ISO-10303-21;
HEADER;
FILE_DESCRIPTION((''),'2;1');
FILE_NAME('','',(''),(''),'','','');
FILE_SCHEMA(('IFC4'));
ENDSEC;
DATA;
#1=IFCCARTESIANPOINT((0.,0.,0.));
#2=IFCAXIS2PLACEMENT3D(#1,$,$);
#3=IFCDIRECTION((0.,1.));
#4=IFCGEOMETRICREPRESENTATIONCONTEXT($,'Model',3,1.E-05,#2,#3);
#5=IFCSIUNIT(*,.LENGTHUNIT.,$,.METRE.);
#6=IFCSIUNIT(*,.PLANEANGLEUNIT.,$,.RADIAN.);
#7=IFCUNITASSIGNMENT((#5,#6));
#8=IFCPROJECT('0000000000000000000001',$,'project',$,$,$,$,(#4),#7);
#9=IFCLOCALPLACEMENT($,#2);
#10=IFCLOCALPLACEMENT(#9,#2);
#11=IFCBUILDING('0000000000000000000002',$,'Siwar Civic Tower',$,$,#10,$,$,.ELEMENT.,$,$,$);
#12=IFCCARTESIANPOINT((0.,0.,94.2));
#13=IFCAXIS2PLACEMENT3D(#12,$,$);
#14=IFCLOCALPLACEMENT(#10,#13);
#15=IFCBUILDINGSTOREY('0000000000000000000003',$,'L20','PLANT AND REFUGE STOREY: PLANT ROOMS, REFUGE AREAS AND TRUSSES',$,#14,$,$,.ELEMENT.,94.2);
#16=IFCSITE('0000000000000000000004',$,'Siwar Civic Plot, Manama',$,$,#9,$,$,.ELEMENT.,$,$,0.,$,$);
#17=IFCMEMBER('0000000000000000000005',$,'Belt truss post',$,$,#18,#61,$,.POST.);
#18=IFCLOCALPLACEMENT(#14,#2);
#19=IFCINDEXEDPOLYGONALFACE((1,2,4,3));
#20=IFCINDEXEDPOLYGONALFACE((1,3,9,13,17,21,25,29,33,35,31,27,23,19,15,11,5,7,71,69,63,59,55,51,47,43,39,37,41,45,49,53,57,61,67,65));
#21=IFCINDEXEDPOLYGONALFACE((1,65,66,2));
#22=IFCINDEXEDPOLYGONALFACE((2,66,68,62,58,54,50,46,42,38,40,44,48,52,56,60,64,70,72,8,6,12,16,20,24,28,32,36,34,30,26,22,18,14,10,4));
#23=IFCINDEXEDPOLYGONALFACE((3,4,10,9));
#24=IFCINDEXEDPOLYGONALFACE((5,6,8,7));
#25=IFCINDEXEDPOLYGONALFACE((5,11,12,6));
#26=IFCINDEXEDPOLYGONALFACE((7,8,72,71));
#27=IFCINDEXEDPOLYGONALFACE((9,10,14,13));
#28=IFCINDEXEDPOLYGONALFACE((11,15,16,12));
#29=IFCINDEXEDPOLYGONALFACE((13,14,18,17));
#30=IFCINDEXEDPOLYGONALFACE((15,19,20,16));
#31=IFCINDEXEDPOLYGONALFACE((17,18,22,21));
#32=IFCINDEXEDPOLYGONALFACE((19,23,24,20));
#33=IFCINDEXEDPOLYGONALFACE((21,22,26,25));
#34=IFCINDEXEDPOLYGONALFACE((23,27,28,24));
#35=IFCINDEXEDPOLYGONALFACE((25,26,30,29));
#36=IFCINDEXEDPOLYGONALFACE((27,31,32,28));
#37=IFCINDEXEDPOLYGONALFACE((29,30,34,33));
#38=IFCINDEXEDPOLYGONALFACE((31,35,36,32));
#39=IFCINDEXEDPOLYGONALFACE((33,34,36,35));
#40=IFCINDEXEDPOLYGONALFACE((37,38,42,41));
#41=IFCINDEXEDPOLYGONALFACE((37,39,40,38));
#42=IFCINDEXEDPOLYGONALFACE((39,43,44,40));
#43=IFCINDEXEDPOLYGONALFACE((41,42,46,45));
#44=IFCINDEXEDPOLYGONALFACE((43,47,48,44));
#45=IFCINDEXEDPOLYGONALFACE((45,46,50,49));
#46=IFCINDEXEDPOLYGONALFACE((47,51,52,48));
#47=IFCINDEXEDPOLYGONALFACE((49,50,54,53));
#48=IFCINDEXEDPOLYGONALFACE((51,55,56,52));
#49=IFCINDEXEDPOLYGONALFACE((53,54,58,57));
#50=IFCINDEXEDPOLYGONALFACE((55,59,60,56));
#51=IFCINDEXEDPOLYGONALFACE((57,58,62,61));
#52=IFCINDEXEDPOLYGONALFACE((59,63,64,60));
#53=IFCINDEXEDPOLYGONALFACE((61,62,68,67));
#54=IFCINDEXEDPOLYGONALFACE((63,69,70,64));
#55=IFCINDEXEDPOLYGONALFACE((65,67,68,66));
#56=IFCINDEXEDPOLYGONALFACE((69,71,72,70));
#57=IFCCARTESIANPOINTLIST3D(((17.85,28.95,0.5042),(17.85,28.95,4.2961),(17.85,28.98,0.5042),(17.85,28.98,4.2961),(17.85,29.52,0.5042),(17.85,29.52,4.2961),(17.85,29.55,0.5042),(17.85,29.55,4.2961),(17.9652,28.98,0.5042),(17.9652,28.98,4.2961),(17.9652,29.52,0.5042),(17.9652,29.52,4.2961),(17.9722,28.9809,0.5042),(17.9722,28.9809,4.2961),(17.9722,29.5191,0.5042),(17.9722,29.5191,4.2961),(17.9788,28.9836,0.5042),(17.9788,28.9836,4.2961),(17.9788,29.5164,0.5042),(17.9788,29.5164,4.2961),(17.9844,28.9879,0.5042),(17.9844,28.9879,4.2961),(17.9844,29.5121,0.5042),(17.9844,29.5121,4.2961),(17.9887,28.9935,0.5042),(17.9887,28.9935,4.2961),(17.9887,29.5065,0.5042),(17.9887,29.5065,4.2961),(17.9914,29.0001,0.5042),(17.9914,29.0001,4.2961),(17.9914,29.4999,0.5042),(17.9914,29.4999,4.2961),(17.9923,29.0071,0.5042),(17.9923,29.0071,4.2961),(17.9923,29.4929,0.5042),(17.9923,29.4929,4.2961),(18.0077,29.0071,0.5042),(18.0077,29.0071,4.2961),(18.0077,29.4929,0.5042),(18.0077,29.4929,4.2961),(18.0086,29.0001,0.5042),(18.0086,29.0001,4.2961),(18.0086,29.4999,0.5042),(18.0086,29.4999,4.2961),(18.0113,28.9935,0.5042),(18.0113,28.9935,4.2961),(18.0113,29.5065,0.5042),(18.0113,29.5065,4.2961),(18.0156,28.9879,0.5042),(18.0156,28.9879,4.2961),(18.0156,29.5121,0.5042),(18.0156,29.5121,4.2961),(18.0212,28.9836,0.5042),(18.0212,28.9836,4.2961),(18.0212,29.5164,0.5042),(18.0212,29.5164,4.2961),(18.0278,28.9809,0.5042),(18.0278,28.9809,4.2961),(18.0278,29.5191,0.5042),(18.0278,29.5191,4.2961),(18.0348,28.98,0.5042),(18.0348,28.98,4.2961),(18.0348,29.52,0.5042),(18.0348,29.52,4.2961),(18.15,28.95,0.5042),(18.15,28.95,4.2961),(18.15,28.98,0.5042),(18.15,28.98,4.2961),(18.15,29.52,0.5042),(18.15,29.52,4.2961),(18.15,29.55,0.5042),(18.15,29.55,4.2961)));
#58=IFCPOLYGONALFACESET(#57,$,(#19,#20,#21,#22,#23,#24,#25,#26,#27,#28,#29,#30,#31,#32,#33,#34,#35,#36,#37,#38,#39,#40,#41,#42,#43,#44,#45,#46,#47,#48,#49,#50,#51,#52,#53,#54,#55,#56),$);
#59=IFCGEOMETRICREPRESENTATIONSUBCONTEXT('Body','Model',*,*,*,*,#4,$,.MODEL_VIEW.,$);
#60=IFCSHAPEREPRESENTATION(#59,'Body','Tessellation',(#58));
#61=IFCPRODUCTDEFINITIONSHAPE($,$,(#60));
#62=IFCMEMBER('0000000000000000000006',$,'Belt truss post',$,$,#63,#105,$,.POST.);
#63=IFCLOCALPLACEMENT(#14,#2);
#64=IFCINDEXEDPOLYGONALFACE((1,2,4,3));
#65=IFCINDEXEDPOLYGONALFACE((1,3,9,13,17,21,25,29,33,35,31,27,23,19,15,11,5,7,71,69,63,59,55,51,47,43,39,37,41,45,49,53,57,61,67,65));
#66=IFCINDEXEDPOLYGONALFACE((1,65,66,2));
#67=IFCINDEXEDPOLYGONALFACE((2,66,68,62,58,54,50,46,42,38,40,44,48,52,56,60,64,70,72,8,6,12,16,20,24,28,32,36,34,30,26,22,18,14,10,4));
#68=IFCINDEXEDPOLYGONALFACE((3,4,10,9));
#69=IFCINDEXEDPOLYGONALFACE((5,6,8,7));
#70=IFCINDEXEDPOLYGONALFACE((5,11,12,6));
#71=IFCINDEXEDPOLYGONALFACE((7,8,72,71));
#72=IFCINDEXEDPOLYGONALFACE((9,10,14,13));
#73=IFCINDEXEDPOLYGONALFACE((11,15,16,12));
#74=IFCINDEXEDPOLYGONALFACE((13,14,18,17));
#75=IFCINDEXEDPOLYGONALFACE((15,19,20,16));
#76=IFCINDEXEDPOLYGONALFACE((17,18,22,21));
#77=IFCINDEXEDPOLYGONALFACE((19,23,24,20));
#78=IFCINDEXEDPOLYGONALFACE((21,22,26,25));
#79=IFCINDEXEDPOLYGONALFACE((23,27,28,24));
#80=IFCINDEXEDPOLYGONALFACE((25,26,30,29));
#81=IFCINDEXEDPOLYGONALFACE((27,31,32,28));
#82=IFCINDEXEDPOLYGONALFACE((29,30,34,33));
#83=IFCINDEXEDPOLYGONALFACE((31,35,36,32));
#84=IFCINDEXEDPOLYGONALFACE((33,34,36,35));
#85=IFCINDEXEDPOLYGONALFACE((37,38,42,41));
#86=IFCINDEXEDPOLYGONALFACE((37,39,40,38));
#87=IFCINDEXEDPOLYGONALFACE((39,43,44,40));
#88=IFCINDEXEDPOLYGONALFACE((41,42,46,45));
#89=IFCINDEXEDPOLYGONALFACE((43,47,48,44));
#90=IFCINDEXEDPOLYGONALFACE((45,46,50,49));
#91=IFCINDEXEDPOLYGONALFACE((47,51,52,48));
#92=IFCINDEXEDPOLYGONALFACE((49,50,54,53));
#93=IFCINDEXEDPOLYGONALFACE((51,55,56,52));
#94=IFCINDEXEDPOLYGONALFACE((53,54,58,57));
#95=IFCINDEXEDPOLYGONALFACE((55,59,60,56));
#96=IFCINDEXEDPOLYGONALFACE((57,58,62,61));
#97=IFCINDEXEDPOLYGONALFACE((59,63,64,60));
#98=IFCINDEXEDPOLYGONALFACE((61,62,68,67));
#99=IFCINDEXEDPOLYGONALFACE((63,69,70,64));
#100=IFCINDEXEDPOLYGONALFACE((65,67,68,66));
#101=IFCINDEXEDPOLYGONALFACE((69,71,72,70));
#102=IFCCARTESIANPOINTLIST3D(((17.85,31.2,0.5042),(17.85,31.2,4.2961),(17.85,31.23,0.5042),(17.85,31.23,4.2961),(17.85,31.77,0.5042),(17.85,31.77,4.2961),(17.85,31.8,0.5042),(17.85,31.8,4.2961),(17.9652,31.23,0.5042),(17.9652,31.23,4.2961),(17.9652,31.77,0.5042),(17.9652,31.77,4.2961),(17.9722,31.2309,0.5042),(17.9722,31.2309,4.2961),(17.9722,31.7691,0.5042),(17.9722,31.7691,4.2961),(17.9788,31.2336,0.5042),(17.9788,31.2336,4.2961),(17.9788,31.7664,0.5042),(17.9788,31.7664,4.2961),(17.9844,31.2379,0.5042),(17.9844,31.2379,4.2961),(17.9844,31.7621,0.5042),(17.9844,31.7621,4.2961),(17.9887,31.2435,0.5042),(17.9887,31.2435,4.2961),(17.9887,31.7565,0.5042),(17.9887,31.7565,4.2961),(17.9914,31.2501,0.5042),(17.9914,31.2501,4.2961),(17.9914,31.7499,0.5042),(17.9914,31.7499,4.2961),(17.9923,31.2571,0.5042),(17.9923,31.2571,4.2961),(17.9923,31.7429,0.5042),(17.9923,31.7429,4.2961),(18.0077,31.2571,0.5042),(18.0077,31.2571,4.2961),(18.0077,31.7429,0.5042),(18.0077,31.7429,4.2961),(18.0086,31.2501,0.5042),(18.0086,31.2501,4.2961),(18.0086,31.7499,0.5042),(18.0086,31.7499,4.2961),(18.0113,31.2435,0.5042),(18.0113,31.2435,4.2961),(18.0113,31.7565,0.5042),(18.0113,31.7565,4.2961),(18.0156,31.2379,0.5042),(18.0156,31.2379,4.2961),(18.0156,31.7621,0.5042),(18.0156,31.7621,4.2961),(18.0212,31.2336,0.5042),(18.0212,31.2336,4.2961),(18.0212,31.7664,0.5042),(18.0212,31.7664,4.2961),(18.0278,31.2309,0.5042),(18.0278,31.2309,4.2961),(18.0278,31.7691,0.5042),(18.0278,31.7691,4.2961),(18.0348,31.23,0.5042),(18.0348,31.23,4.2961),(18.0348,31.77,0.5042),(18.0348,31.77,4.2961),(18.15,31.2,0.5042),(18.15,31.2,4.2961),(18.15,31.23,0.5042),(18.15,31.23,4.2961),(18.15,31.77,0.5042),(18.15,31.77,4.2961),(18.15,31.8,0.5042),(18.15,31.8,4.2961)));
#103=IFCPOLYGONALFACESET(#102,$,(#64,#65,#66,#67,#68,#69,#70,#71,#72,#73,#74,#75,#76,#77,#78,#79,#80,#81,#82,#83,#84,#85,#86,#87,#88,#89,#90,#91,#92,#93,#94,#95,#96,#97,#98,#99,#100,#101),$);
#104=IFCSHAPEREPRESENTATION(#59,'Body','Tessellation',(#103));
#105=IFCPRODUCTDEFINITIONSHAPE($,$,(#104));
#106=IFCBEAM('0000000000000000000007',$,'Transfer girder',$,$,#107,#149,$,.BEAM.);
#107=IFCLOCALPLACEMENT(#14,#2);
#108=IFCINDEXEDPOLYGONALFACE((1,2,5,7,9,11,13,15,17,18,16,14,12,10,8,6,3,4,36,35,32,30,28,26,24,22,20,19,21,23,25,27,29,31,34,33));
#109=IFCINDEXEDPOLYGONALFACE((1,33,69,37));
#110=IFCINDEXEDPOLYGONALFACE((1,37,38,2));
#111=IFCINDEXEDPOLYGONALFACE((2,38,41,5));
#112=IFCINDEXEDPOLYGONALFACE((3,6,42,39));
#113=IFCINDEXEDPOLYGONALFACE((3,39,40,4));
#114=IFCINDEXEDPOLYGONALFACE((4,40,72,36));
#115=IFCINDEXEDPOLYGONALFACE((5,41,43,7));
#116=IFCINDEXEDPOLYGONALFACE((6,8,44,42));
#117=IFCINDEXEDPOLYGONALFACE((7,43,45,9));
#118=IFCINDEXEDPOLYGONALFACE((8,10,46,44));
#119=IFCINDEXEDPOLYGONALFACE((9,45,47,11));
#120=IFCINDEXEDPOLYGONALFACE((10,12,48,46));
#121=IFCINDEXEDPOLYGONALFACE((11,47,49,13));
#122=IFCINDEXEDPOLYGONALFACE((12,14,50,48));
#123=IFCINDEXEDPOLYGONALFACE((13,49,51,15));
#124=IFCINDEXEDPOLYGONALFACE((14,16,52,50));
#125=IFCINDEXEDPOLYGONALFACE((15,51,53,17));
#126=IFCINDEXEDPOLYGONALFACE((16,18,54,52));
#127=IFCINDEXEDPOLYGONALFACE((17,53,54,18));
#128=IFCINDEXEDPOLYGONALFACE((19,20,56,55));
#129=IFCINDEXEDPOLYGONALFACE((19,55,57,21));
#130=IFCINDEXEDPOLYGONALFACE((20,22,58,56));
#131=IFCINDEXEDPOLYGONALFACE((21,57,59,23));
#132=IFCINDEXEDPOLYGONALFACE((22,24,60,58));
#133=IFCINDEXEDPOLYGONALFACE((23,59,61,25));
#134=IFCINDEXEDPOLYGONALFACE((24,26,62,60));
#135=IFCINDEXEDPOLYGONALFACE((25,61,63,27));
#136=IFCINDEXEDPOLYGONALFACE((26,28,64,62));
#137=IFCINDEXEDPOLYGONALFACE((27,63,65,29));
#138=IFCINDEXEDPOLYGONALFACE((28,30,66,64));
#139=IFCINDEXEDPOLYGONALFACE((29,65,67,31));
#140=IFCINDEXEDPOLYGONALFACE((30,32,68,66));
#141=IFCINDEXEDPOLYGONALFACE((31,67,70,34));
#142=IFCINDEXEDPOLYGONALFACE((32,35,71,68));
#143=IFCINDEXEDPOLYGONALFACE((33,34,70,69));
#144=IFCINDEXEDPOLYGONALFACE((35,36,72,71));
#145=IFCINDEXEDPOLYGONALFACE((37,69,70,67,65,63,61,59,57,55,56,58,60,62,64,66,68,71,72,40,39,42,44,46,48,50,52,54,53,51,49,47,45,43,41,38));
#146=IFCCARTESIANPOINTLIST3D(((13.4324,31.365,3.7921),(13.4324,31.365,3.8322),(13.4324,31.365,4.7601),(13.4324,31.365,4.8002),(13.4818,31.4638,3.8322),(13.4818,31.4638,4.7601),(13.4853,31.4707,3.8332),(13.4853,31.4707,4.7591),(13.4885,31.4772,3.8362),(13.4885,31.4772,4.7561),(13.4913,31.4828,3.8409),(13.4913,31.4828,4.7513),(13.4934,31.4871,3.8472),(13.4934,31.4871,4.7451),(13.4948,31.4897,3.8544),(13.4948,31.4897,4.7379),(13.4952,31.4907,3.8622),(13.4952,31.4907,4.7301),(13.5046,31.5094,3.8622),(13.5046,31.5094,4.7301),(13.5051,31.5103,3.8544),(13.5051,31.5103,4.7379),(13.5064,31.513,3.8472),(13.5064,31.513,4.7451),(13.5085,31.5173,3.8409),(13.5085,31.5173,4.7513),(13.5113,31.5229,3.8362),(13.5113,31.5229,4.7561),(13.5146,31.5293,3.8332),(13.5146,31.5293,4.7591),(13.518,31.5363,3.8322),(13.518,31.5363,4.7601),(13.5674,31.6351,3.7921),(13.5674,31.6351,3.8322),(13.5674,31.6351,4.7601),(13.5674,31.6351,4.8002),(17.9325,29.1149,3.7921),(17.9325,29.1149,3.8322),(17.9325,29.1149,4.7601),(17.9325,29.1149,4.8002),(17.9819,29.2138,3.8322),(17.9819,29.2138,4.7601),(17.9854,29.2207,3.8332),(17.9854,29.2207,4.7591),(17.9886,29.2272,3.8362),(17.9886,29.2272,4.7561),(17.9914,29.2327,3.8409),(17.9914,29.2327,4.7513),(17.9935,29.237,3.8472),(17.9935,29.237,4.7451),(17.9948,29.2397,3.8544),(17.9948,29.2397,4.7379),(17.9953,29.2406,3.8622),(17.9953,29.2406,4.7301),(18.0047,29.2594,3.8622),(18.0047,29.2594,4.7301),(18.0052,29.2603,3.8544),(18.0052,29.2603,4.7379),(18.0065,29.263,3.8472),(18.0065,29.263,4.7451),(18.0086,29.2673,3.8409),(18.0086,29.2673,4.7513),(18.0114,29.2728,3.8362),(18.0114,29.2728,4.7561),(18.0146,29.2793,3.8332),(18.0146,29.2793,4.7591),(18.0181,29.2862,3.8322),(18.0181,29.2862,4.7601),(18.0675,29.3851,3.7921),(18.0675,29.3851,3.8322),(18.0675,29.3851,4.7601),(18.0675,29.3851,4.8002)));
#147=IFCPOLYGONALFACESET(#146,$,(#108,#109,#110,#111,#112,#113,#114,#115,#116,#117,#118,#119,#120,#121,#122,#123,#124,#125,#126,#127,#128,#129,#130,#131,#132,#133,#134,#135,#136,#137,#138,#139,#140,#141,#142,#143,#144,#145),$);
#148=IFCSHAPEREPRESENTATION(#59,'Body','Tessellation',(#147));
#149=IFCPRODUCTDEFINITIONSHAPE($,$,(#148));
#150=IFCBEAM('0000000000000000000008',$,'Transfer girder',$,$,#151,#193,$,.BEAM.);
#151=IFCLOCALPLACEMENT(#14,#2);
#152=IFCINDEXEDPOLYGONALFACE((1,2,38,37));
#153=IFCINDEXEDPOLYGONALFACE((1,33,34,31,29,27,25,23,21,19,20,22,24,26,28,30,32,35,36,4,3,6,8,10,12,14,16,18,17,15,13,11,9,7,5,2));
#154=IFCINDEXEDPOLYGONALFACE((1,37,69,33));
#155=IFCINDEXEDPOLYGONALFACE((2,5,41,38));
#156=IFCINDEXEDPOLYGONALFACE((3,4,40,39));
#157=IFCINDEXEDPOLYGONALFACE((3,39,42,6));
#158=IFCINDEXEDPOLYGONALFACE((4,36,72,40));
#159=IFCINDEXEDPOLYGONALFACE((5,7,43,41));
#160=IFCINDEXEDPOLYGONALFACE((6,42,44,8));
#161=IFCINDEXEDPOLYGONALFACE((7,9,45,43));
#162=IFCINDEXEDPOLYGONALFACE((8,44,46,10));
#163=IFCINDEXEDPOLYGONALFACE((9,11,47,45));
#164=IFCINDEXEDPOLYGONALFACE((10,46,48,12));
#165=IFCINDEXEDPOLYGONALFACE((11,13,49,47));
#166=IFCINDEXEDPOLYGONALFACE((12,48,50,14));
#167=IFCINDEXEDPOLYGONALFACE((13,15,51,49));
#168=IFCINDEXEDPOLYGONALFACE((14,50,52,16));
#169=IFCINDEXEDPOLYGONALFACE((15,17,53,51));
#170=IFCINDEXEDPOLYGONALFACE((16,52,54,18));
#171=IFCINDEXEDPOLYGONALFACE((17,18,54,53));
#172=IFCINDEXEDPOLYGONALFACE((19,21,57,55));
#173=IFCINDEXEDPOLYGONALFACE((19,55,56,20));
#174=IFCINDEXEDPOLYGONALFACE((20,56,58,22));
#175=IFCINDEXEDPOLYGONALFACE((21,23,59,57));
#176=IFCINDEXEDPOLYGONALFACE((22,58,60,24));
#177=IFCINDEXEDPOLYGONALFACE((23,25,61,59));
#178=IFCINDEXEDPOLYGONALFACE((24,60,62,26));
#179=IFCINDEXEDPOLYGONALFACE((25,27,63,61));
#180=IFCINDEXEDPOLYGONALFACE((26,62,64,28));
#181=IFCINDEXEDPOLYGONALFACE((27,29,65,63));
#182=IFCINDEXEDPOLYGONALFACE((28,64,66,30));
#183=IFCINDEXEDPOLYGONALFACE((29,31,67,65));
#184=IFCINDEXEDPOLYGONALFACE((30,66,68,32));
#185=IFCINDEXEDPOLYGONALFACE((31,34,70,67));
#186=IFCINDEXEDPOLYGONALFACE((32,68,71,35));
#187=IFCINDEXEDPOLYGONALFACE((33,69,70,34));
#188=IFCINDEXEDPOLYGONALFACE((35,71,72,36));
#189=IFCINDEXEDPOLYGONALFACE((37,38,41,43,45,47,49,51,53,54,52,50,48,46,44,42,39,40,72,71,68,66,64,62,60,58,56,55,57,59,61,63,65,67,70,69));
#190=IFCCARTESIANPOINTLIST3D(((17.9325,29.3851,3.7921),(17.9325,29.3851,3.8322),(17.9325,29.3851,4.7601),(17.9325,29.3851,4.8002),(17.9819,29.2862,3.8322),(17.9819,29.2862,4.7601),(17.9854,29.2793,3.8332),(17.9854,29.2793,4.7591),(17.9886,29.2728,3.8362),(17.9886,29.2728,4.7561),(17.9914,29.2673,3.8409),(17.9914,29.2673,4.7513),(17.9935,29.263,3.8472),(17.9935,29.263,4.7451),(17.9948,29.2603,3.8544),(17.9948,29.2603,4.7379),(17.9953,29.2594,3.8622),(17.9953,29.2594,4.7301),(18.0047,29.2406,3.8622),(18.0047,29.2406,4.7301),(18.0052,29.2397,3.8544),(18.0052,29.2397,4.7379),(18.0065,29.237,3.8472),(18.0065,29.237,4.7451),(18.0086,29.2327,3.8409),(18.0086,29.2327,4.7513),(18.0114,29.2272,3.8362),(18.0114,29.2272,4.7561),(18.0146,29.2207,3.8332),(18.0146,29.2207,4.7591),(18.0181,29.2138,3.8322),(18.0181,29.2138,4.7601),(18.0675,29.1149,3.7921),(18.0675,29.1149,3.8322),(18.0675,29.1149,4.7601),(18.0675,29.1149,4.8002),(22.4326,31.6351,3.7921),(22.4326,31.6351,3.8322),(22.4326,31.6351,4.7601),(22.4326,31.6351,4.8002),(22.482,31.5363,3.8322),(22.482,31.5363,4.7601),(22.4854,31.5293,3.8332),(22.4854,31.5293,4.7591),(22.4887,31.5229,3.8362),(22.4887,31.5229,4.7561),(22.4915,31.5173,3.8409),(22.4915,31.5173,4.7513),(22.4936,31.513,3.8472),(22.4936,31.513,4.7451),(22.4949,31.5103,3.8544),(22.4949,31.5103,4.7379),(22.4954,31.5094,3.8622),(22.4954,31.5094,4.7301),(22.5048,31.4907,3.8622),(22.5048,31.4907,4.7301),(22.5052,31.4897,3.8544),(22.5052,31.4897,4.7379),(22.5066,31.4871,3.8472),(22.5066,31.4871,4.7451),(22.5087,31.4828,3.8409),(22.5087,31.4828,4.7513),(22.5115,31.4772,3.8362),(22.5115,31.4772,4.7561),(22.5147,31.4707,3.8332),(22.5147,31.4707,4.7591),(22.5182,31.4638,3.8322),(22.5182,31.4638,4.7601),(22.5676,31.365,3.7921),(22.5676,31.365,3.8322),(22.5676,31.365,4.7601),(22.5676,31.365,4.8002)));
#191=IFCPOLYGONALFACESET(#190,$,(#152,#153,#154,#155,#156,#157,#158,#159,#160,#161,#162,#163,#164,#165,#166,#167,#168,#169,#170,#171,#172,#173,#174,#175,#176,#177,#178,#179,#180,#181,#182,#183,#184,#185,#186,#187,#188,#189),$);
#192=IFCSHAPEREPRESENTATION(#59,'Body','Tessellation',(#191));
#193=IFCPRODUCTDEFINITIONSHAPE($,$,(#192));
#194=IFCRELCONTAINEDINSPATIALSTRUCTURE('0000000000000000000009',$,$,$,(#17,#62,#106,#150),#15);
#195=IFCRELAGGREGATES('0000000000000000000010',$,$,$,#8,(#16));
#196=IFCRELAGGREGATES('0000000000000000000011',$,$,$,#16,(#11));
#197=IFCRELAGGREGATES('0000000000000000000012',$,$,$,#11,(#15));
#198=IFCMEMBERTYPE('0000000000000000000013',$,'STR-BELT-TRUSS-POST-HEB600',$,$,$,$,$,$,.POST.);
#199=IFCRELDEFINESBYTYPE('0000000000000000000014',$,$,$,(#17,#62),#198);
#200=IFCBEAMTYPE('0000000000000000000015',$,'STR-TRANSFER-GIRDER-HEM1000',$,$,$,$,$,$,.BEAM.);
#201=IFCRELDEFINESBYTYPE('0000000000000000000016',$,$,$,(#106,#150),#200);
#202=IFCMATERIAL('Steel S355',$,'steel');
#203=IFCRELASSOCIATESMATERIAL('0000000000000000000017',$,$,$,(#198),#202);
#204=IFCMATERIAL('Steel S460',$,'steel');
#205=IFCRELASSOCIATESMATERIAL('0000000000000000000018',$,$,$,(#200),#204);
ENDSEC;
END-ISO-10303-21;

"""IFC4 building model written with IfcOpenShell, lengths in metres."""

from ifc_helpers import new_model, si_unit, direction, frame, origin, origin_2d, place, context, subcontext, project, spatial, i_section, extrude, material, material_profile, profile_set, type_object, element, save


model = new_model("IFC4")

# Units and contexts
model_context = context("Model", 3, precision=1e-05, world=origin(), true_north=direction((0.0, 1.0)))
body_context = subcontext(model_context, "Body", "Model", "MODEL_VIEW")
ifc_project = project(units=[si_unit("LENGTHUNIT", "METRE"), si_unit("PLANEANGLEUNIT", "RADIAN")], contexts=[model_context])

# Site, building, storey
site_placement = place(None, origin())
site = spatial("IfcSite", under=ifc_project, at=site_placement, Name="Siwar Civic Plot, Manama", CompositionType="ELEMENT", RefElevation=0.0)
building_placement = place(site_placement, origin())
building = spatial("IfcBuilding", under=site, at=building_placement, Name="Siwar Civic Tower", CompositionType="ELEMENT")
storey_placement = place(building_placement, frame((0.0, 0.0, 94.2)))
storey = spatial("IfcBuildingStorey", under=building, at=storey_placement, Name="L20", Description="PLANT AND REFUGE STOREY: PLANT ROOMS, REFUGE AREAS AND TRUSSES", CompositionType="ELEMENT", Elevation=94.2)

# Members
ifc_material_1 = material(Name="Steel S355", Category="steel")
ifc_material_profile_1 = material_profile(ifc_material_1, i_section(OverallWidth=0.3, OverallDepth=0.6001, WebThickness=0.0154, FlangeThickness=0.03, FilletRadius=0.0271, at=origin_2d()), Name="HEB600")
ifc_profile_set_1 = profile_set([ifc_material_profile_1], Name="Steel S355")
member_type_1 = type_object("IfcMemberType", Name="STR-BELT-TRUSS-POST-HEB600", PredefinedType="POST", material=ifc_profile_set_1)
for number, where, z_axis, x_axis, name in (
    (1, (18.0, 29.25, 0.5042), (0.0, 0.0, 1.0), (1.0, 0.0, 0.0), "Belt truss post"),
    (2, (18.0, 31.5, 0.5042), (0.0, 0.0, 1.0), (1.0, 0.0, 0.0), "Belt truss post"),
):
    element("IfcMember", number, at=place(storey_placement, frame(where, z_axis=z_axis, x_axis=x_axis)), inside=storey, type_object=member_type_1, Name=name, PredefinedType="POST", context=body_context, shape_type="SweptSolid", body=[
        extrude(i_section(OverallWidth=0.3, OverallDepth=0.6001, WebThickness=0.0154, FlangeThickness=0.03, FilletRadius=0.0271, at=origin_2d()), origin(), (0.0, 0.0, 1.0), 3.792),
    ])

# Beams
ifc_material_2 = material(Name="Steel S460", Category="steel")
ifc_material_profile_2 = material_profile(ifc_material_2, i_section(OverallWidth=0.302, OverallDepth=1.0081, WebThickness=0.021, FlangeThickness=0.04, FilletRadius=0.03, at=origin_2d()), Name="HEM1000")
ifc_profile_set_2 = profile_set([ifc_material_profile_2], Name="Steel S460")
beam_type_1 = type_object("IfcBeamType", Name="STR-TRANSFER-GIRDER-HEM1000", PredefinedType="BEAM", material=ifc_profile_set_2)
for number, where, z_axis, x_axis, name in (
    (3, (18.0, 29.25, 4.2961), (-0.894427, 0.447214, 0.0), (-0.447214, -0.894427, 0.0), "Transfer girder"),
    (4, (18.0, 29.25, 4.2961), (0.894427, 0.447214, 0.0), (-0.447214, 0.894427, 0.0), "Transfer girder"),
):
    element("IfcBeam", number, at=place(storey_placement, frame(where, z_axis=z_axis, x_axis=x_axis)), inside=storey, type_object=beam_type_1, Name=name, PredefinedType="BEAM", context=body_context, shape_type="SweptSolid", body=[
        extrude(i_section(OverallWidth=0.302, OverallDepth=1.0081, WebThickness=0.021, FlangeThickness=0.04, FilletRadius=0.03, at=origin_2d()), origin(), (0.0, 0.0, 1.0), 5.0312),
    ])

save(model, "model.ifc")
